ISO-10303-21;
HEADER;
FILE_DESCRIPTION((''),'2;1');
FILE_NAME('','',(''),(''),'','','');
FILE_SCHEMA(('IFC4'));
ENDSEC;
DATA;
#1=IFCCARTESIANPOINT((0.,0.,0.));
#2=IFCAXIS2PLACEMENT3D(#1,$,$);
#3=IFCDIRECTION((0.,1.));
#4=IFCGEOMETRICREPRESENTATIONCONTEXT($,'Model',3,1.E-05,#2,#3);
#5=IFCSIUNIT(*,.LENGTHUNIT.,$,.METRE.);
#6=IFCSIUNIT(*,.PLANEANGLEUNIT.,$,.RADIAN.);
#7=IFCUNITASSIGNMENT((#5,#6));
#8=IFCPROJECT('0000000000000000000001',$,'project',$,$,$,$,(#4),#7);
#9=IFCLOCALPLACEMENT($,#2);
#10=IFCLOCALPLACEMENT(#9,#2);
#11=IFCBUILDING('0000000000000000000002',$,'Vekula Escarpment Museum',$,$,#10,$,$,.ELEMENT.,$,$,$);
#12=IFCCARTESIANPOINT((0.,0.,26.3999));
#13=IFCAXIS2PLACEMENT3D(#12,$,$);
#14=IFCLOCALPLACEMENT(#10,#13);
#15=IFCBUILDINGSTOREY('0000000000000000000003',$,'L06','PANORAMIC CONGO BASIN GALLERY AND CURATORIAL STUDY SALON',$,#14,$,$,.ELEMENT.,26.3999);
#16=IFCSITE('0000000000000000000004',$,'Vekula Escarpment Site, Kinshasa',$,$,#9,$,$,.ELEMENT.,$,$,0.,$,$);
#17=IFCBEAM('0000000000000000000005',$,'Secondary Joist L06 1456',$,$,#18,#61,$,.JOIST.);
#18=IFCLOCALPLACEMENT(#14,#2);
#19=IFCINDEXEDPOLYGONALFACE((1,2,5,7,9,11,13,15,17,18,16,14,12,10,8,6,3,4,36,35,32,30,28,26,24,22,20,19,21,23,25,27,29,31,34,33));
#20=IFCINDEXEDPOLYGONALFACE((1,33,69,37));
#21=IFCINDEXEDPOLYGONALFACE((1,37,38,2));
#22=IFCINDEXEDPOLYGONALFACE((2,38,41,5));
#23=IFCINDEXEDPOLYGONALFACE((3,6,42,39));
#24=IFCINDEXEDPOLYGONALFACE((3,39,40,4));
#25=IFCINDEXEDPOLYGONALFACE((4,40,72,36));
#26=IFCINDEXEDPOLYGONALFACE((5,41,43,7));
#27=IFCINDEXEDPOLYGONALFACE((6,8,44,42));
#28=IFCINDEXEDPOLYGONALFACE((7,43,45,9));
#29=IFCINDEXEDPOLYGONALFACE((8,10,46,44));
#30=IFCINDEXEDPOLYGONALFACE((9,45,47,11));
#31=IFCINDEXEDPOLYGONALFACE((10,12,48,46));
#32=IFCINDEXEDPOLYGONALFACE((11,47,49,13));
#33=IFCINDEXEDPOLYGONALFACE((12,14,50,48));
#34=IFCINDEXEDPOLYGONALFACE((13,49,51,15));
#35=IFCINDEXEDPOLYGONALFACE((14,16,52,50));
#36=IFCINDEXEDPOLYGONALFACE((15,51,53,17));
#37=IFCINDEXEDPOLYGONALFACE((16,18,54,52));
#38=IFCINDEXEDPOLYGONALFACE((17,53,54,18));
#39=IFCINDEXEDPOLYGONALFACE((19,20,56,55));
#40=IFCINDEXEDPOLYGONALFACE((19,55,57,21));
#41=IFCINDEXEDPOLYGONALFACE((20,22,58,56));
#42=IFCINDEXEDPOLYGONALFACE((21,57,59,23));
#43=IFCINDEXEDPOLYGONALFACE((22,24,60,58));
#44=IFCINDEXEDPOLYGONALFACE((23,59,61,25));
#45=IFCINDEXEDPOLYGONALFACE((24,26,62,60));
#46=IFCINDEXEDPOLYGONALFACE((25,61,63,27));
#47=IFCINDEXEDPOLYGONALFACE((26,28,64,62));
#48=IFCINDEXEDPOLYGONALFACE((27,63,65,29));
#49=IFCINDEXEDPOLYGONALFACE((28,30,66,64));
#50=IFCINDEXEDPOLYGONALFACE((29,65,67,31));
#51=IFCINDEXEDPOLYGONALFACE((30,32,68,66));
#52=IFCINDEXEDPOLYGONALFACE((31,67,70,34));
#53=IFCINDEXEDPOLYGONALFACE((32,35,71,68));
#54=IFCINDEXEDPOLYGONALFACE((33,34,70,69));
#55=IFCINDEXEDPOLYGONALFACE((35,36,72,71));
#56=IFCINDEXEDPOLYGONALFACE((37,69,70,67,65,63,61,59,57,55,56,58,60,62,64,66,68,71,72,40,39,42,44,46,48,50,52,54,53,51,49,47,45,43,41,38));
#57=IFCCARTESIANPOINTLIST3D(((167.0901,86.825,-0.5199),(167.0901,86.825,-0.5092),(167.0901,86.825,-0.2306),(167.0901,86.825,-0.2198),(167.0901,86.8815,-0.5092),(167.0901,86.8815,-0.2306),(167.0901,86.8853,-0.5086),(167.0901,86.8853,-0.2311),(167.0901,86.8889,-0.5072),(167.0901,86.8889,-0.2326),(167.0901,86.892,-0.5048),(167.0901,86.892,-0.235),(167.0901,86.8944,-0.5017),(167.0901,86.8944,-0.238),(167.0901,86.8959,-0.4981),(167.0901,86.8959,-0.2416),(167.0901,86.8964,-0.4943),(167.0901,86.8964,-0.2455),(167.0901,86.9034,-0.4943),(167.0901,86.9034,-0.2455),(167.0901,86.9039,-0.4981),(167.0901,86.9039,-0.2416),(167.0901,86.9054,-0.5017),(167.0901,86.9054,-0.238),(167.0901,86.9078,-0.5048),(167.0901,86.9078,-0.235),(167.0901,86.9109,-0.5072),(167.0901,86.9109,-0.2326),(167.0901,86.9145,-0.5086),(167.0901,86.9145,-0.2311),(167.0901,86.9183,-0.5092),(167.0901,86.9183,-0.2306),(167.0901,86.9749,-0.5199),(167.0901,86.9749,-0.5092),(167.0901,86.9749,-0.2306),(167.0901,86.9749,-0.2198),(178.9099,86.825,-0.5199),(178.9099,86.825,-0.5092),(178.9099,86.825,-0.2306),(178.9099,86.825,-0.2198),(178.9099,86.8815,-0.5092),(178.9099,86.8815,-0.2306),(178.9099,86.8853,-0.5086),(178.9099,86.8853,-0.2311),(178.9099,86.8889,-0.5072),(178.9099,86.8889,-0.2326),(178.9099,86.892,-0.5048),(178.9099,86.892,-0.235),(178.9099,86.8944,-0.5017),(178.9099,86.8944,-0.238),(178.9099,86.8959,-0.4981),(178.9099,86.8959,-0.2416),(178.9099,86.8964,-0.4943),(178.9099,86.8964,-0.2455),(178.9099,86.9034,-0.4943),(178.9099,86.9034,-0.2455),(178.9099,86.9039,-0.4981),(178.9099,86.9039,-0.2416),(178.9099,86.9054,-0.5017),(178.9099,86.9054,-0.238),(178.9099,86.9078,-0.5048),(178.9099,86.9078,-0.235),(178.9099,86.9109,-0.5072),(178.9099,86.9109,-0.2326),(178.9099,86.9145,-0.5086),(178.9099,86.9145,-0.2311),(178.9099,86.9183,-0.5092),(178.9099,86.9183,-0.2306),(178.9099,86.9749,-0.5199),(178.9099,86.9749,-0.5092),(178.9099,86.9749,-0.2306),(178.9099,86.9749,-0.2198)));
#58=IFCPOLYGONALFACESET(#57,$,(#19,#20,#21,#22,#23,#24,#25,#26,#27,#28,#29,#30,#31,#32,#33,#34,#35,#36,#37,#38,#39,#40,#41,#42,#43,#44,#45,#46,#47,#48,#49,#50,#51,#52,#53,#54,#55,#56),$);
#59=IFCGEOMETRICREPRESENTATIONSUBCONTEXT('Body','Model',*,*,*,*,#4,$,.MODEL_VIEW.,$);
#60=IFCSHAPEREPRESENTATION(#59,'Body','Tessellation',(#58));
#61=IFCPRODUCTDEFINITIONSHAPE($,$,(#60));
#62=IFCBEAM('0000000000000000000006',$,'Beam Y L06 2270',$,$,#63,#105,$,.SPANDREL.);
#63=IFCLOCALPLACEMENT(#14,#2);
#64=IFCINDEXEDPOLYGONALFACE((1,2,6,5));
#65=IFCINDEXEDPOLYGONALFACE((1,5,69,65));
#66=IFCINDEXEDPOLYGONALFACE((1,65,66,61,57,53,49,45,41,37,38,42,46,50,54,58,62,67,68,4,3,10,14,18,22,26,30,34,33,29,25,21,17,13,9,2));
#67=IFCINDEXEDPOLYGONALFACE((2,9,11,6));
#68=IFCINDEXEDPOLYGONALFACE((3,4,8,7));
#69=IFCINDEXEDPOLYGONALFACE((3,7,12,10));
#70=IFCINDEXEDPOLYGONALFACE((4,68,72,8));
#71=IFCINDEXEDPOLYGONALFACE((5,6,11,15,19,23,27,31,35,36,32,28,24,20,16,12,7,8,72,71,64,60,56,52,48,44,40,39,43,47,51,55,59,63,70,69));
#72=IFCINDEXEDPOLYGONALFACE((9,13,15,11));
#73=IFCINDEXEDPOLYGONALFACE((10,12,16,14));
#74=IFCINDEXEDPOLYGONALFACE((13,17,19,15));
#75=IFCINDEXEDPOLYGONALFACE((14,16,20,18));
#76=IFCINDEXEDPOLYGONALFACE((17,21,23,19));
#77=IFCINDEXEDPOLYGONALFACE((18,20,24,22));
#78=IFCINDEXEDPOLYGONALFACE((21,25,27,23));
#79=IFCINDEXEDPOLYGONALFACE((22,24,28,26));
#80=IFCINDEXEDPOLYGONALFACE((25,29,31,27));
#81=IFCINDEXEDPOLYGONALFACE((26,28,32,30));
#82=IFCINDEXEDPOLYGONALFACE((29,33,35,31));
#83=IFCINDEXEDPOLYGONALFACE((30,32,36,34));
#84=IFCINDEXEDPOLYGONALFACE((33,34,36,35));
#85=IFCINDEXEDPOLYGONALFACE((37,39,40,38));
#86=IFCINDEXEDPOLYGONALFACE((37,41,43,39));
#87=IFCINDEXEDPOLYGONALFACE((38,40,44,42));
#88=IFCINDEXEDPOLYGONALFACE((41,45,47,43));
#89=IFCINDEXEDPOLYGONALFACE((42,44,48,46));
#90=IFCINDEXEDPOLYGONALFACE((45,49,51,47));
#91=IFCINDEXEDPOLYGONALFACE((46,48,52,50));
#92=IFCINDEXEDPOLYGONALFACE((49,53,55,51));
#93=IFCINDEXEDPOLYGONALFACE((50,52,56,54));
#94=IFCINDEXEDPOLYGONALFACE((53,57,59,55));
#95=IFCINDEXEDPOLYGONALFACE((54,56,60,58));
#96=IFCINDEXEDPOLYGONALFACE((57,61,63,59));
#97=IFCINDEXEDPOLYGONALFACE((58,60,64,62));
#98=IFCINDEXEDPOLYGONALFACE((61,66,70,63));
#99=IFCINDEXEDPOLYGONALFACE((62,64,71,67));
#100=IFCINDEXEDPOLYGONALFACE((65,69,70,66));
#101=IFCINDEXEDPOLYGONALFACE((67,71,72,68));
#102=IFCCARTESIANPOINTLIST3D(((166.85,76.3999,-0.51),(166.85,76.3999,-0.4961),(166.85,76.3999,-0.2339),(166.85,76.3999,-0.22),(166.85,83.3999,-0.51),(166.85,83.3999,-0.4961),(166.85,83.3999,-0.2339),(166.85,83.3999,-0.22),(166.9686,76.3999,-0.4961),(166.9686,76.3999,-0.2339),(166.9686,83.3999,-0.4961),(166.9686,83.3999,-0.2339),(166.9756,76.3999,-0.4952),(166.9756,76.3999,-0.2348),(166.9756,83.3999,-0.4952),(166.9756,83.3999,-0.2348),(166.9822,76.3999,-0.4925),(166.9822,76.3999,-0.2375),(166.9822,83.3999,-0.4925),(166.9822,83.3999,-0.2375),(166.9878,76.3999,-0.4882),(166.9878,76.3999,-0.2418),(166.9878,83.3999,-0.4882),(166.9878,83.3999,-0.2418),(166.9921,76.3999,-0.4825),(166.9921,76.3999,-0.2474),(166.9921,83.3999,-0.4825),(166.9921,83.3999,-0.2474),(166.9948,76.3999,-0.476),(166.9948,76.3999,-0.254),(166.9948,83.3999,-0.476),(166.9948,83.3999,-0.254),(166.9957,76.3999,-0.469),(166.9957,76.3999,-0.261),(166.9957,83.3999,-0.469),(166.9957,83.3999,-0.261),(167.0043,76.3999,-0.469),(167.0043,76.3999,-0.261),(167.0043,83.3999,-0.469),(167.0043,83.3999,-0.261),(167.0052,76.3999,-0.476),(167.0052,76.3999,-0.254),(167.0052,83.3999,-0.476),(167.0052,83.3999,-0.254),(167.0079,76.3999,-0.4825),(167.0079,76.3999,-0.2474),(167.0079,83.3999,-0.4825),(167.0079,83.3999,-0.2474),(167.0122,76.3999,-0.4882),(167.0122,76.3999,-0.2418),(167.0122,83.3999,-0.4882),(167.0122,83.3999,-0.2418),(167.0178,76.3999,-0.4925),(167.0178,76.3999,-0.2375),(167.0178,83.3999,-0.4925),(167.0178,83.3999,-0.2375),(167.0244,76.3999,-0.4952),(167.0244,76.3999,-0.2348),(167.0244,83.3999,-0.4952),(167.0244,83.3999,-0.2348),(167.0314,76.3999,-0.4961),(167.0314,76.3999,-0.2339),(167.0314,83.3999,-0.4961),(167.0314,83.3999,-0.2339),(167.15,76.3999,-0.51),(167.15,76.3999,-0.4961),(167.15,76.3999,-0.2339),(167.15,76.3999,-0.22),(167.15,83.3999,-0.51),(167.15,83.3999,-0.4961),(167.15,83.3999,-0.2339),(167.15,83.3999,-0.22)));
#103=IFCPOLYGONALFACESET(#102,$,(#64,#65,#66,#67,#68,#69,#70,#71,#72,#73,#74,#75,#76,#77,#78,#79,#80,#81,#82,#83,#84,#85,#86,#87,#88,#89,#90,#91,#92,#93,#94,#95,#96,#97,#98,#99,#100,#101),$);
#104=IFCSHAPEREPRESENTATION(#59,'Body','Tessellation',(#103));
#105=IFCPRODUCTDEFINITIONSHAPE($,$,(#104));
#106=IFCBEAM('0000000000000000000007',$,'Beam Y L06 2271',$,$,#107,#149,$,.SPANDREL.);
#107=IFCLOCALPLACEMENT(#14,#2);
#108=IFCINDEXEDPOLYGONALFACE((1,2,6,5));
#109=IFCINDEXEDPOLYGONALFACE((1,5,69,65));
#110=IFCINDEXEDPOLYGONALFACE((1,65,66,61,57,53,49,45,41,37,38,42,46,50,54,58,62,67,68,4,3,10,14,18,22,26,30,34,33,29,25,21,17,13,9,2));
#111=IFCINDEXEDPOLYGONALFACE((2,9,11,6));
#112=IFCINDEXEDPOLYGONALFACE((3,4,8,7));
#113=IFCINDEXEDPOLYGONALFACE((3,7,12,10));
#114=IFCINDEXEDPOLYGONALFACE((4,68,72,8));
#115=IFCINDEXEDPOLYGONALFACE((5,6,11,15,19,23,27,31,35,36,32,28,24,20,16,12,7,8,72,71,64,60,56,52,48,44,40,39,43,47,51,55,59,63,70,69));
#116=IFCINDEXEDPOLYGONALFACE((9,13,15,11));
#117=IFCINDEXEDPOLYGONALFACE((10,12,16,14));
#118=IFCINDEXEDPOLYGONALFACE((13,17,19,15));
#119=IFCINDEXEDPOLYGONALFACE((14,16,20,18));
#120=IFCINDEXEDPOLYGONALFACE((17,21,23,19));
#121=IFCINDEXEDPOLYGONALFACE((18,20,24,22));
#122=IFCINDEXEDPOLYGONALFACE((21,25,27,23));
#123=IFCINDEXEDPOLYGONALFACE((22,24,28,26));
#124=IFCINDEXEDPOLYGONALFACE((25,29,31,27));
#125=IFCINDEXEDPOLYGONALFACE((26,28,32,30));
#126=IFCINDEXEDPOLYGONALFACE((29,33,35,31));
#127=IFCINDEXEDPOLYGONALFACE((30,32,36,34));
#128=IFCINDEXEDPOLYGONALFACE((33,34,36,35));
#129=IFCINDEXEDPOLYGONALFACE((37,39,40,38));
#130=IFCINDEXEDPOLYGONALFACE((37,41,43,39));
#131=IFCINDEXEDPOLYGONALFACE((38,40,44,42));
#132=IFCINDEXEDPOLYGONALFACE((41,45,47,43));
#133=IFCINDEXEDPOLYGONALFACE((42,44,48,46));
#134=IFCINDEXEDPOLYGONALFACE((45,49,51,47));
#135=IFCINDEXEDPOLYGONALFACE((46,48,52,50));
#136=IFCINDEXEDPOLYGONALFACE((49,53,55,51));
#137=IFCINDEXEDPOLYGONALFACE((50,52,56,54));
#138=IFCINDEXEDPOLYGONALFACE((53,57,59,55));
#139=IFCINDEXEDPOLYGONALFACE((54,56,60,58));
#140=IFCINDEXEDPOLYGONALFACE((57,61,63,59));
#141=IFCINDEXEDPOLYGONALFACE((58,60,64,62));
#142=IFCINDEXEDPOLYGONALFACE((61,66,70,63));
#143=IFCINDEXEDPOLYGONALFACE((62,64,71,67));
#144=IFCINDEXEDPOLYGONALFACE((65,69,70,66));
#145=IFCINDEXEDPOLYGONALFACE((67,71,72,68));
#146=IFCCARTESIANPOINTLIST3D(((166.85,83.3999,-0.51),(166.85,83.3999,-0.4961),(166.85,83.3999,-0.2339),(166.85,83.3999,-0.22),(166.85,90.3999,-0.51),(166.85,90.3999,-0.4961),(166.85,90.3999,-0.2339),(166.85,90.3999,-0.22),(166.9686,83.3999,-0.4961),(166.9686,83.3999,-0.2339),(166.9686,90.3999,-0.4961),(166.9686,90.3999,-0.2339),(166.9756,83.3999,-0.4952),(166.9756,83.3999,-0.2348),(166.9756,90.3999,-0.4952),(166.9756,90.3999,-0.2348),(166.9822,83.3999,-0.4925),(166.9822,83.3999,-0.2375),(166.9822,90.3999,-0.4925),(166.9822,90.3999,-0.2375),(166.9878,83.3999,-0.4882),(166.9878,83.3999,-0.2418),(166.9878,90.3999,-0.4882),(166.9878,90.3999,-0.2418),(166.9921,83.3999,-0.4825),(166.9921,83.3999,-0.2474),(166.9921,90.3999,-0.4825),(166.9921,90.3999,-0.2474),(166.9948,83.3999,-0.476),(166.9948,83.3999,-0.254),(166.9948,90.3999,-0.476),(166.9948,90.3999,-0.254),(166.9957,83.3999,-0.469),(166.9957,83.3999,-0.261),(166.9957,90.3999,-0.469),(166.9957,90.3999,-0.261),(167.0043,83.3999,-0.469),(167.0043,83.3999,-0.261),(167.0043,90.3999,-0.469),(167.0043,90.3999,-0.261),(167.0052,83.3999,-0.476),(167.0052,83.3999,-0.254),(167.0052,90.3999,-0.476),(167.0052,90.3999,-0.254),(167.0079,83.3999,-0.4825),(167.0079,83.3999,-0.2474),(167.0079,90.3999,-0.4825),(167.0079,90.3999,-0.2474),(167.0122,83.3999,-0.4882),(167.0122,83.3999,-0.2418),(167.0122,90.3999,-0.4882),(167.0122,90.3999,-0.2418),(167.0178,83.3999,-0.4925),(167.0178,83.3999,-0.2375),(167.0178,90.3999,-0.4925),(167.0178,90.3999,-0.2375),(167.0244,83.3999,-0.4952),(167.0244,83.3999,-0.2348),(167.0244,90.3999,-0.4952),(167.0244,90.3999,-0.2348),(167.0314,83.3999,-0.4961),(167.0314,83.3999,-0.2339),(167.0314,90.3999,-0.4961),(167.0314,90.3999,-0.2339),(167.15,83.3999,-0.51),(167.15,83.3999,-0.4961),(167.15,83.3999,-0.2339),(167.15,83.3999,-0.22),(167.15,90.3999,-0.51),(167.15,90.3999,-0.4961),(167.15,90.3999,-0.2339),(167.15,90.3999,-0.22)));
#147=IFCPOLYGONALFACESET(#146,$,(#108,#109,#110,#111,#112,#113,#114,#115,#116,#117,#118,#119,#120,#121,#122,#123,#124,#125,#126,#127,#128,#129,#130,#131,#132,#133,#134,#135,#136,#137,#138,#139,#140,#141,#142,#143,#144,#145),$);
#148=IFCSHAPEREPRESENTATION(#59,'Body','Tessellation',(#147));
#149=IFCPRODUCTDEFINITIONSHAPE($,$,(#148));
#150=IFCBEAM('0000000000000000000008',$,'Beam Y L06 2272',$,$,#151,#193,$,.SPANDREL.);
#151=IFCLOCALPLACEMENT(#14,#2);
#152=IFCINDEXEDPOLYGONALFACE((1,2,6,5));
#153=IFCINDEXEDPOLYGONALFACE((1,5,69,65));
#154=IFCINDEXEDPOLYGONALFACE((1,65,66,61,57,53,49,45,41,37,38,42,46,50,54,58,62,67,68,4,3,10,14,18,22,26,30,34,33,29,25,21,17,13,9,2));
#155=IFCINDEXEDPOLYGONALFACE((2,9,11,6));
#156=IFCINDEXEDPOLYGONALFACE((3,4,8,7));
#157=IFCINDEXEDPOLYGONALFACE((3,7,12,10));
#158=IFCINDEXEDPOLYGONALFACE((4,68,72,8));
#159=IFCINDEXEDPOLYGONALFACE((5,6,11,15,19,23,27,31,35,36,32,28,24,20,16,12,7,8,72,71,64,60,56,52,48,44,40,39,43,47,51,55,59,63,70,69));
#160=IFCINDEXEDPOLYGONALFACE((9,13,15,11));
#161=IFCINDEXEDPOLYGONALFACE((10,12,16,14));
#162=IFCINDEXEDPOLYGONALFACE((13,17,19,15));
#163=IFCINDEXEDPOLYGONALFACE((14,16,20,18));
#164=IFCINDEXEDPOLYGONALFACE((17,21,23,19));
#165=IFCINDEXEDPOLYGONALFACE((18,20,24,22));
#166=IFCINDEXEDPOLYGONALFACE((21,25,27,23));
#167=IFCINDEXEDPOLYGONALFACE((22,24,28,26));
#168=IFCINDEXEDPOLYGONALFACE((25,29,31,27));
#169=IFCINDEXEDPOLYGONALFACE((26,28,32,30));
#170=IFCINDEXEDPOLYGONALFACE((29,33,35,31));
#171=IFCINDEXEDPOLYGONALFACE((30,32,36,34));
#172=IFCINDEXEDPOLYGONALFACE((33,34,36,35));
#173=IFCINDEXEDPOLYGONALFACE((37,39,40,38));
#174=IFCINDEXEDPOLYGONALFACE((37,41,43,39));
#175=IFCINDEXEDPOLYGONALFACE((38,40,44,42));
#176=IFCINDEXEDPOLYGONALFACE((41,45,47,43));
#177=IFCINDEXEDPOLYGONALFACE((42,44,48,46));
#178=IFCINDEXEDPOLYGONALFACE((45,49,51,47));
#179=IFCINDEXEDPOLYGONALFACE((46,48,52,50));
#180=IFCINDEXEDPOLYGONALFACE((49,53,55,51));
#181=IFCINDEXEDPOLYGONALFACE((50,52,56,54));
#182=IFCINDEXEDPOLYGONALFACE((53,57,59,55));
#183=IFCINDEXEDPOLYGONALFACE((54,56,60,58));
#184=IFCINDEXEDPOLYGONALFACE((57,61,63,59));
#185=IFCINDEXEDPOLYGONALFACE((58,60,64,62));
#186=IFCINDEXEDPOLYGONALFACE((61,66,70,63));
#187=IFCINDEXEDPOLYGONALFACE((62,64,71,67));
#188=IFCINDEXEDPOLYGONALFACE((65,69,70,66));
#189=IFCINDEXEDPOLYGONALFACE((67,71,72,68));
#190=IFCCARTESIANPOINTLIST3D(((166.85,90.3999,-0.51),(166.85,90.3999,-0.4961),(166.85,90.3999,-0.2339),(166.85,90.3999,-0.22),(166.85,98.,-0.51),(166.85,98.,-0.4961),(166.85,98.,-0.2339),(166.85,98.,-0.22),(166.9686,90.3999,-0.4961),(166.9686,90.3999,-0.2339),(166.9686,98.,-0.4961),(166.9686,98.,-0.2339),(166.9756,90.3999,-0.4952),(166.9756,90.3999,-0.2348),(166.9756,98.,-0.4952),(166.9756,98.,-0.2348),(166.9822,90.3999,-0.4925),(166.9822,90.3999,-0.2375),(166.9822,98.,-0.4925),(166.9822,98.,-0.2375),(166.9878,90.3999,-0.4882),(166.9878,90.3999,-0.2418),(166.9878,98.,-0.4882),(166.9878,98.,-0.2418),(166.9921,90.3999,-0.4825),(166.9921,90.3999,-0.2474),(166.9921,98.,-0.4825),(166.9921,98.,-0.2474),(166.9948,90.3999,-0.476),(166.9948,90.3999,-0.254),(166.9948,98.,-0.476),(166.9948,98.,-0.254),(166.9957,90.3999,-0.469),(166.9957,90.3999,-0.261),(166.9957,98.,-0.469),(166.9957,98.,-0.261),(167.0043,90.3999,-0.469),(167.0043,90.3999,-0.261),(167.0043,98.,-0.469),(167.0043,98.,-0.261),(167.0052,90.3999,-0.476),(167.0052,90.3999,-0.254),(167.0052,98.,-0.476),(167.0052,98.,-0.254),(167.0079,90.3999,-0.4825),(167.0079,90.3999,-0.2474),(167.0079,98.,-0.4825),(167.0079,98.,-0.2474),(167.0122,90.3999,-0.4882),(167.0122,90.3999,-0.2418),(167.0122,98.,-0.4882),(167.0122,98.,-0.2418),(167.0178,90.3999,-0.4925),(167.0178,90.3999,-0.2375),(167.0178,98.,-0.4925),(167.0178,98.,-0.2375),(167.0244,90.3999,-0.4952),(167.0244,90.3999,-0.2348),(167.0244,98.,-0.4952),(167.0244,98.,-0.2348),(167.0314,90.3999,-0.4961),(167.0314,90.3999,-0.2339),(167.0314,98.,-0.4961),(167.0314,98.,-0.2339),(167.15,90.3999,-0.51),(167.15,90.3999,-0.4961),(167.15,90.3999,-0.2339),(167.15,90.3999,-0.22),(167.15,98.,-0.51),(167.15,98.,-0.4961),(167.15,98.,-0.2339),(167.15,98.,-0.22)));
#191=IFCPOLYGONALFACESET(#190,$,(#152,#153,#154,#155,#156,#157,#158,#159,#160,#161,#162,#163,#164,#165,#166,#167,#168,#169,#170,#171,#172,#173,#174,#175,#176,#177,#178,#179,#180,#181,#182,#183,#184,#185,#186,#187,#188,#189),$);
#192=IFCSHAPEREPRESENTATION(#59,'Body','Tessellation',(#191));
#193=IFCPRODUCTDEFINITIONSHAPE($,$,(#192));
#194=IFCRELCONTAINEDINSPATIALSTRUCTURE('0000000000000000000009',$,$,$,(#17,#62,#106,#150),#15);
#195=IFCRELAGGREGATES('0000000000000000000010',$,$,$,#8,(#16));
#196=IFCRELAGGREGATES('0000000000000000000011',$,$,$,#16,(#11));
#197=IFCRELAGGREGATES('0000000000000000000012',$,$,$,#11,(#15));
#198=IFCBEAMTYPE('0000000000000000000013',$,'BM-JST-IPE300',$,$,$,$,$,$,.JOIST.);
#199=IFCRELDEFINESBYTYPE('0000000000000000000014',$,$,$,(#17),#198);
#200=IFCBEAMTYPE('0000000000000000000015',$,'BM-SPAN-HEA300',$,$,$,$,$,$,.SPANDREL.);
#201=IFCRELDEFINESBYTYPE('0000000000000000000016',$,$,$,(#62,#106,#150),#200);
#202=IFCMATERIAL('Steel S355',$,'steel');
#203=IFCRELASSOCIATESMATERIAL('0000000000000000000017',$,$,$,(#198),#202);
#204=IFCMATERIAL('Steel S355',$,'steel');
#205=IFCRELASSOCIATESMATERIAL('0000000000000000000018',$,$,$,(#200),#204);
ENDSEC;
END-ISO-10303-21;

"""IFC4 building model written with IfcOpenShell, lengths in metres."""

from ifc_helpers import new_model, si_unit, direction, frame, origin, origin_2d, place, context, subcontext, project, spatial, i_section, extrude, material, material_profile, profile_set, type_object, element, save


model = new_model("IFC4")

# Units and contexts
model_context = context("Model", 3, precision=1e-05, world=origin(), true_north=direction((0.0, 1.0)))
body_context = subcontext(model_context, "Body", "Model", "MODEL_VIEW")
ifc_project = project(units=[si_unit("LENGTHUNIT", "METRE"), si_unit("PLANEANGLEUNIT", "RADIAN")], contexts=[model_context])

# Site, building, storey
site_placement = place(None, origin())
site = spatial("IfcSite", under=ifc_project, at=site_placement, Name="Vekula Escarpment Site, Kinshasa", CompositionType="ELEMENT", RefElevation=0.0)
building_placement = place(site_placement, origin())
building = spatial("IfcBuilding", under=site, at=building_placement, Name="Vekula Escarpment Museum", CompositionType="ELEMENT")
storey_placement = place(building_placement, frame((0.0, 0.0, 26.3999)))
storey = spatial("IfcBuildingStorey", under=building, at=storey_placement, Name="L06", Description="PANORAMIC CONGO BASIN GALLERY AND CURATORIAL STUDY SALON", CompositionType="ELEMENT", Elevation=26.3999)

# Beams
ifc_material_1 = material(Name="Steel S355", Category="steel")
ifc_material_profile_1 = material_profile(ifc_material_1, i_section(OverallWidth=0.1499, OverallDepth=0.3, WebThickness=0.0071, FlangeThickness=0.0107, FilletRadius=0.0149, at=origin_2d()), Name="IPE 300")
ifc_profile_set_1 = profile_set([ifc_material_profile_1], Name="Steel S355")
beam_type_1 = type_object("IfcBeamType", Name="BM-JST-IPE300", PredefinedType="JOIST", material=ifc_profile_set_1)
beam_placement = place(storey_placement, frame((167.0901, 86.8999, -0.3699), z_axis=(1.0, 0.0, 0.0), x_axis=(0.0, 1.0, 0.0)))
element("IfcBeam", 1, at=beam_placement, inside=storey, type_object=beam_type_1, Name="Secondary Joist L06 1456", PredefinedType="JOIST", context=body_context, shape_type="SweptSolid", body=[
    extrude(i_section(OverallWidth=0.1499, OverallDepth=0.3, WebThickness=0.0071, FlangeThickness=0.0107, FilletRadius=0.0149, at=origin_2d()), origin(), (0.0, 0.0, 1.0), 11.8198),
])
ifc_material_2 = material(Name="Steel S355", Category="steel")
ifc_material_profile_2 = material_profile(ifc_material_2, i_section(OverallWidth=0.3, OverallDepth=0.29, WebThickness=0.0085, FlangeThickness=0.0139, FilletRadius=0.0271, at=origin_2d()), Name="HEA 300")
ifc_profile_set_2 = profile_set([ifc_material_profile_2], Name="Steel S355")
beam_type_2 = type_object("IfcBeamType", Name="BM-SPAN-HEA300", PredefinedType="SPANDREL", material=ifc_profile_set_2)
for number, where, z_axis, x_axis, name in (
    (2, (167.0, 76.3999, -0.365), (0.0, 1.0, 0.0), (-1.0, 0.0, 0.0), "Beam Y L06 2270"),
    (3, (167.0, 83.3999, -0.365), (0.0, 1.0, 0.0), (-1.0, 0.0, 0.0), "Beam Y L06 2271"),
):
    element("IfcBeam", number, at=place(storey_placement, frame(where, z_axis=z_axis, x_axis=x_axis)), inside=storey, type_object=beam_type_2, Name=name, PredefinedType="SPANDREL", context=body_context, shape_type="SweptSolid", body=[
        extrude(i_section(OverallWidth=0.3, OverallDepth=0.29, WebThickness=0.0085, FlangeThickness=0.0139, FilletRadius=0.0271, at=origin_2d()), origin(), (0.0, 0.0, 1.0), 7.0),
    ])
for number, where, z_axis, x_axis, name in (
    (4, (167.0, 90.3999, -0.365), (0.0, 1.0, 0.0), (-1.0, 0.0, 0.0), "Beam Y L06 2272"),
):
    element("IfcBeam", number, at=place(storey_placement, frame(where, z_axis=z_axis, x_axis=x_axis)), inside=storey, type_object=beam_type_2, Name=name, PredefinedType="SPANDREL", context=body_context, shape_type="SweptSolid", body=[
        extrude(i_section(OverallWidth=0.3, OverallDepth=0.29, WebThickness=0.0085, FlangeThickness=0.0139, FilletRadius=0.0271, at=origin_2d()), origin(), (0.0, 0.0, 1.0), 7.6001),
    ])

save(model, "model.ifc")
